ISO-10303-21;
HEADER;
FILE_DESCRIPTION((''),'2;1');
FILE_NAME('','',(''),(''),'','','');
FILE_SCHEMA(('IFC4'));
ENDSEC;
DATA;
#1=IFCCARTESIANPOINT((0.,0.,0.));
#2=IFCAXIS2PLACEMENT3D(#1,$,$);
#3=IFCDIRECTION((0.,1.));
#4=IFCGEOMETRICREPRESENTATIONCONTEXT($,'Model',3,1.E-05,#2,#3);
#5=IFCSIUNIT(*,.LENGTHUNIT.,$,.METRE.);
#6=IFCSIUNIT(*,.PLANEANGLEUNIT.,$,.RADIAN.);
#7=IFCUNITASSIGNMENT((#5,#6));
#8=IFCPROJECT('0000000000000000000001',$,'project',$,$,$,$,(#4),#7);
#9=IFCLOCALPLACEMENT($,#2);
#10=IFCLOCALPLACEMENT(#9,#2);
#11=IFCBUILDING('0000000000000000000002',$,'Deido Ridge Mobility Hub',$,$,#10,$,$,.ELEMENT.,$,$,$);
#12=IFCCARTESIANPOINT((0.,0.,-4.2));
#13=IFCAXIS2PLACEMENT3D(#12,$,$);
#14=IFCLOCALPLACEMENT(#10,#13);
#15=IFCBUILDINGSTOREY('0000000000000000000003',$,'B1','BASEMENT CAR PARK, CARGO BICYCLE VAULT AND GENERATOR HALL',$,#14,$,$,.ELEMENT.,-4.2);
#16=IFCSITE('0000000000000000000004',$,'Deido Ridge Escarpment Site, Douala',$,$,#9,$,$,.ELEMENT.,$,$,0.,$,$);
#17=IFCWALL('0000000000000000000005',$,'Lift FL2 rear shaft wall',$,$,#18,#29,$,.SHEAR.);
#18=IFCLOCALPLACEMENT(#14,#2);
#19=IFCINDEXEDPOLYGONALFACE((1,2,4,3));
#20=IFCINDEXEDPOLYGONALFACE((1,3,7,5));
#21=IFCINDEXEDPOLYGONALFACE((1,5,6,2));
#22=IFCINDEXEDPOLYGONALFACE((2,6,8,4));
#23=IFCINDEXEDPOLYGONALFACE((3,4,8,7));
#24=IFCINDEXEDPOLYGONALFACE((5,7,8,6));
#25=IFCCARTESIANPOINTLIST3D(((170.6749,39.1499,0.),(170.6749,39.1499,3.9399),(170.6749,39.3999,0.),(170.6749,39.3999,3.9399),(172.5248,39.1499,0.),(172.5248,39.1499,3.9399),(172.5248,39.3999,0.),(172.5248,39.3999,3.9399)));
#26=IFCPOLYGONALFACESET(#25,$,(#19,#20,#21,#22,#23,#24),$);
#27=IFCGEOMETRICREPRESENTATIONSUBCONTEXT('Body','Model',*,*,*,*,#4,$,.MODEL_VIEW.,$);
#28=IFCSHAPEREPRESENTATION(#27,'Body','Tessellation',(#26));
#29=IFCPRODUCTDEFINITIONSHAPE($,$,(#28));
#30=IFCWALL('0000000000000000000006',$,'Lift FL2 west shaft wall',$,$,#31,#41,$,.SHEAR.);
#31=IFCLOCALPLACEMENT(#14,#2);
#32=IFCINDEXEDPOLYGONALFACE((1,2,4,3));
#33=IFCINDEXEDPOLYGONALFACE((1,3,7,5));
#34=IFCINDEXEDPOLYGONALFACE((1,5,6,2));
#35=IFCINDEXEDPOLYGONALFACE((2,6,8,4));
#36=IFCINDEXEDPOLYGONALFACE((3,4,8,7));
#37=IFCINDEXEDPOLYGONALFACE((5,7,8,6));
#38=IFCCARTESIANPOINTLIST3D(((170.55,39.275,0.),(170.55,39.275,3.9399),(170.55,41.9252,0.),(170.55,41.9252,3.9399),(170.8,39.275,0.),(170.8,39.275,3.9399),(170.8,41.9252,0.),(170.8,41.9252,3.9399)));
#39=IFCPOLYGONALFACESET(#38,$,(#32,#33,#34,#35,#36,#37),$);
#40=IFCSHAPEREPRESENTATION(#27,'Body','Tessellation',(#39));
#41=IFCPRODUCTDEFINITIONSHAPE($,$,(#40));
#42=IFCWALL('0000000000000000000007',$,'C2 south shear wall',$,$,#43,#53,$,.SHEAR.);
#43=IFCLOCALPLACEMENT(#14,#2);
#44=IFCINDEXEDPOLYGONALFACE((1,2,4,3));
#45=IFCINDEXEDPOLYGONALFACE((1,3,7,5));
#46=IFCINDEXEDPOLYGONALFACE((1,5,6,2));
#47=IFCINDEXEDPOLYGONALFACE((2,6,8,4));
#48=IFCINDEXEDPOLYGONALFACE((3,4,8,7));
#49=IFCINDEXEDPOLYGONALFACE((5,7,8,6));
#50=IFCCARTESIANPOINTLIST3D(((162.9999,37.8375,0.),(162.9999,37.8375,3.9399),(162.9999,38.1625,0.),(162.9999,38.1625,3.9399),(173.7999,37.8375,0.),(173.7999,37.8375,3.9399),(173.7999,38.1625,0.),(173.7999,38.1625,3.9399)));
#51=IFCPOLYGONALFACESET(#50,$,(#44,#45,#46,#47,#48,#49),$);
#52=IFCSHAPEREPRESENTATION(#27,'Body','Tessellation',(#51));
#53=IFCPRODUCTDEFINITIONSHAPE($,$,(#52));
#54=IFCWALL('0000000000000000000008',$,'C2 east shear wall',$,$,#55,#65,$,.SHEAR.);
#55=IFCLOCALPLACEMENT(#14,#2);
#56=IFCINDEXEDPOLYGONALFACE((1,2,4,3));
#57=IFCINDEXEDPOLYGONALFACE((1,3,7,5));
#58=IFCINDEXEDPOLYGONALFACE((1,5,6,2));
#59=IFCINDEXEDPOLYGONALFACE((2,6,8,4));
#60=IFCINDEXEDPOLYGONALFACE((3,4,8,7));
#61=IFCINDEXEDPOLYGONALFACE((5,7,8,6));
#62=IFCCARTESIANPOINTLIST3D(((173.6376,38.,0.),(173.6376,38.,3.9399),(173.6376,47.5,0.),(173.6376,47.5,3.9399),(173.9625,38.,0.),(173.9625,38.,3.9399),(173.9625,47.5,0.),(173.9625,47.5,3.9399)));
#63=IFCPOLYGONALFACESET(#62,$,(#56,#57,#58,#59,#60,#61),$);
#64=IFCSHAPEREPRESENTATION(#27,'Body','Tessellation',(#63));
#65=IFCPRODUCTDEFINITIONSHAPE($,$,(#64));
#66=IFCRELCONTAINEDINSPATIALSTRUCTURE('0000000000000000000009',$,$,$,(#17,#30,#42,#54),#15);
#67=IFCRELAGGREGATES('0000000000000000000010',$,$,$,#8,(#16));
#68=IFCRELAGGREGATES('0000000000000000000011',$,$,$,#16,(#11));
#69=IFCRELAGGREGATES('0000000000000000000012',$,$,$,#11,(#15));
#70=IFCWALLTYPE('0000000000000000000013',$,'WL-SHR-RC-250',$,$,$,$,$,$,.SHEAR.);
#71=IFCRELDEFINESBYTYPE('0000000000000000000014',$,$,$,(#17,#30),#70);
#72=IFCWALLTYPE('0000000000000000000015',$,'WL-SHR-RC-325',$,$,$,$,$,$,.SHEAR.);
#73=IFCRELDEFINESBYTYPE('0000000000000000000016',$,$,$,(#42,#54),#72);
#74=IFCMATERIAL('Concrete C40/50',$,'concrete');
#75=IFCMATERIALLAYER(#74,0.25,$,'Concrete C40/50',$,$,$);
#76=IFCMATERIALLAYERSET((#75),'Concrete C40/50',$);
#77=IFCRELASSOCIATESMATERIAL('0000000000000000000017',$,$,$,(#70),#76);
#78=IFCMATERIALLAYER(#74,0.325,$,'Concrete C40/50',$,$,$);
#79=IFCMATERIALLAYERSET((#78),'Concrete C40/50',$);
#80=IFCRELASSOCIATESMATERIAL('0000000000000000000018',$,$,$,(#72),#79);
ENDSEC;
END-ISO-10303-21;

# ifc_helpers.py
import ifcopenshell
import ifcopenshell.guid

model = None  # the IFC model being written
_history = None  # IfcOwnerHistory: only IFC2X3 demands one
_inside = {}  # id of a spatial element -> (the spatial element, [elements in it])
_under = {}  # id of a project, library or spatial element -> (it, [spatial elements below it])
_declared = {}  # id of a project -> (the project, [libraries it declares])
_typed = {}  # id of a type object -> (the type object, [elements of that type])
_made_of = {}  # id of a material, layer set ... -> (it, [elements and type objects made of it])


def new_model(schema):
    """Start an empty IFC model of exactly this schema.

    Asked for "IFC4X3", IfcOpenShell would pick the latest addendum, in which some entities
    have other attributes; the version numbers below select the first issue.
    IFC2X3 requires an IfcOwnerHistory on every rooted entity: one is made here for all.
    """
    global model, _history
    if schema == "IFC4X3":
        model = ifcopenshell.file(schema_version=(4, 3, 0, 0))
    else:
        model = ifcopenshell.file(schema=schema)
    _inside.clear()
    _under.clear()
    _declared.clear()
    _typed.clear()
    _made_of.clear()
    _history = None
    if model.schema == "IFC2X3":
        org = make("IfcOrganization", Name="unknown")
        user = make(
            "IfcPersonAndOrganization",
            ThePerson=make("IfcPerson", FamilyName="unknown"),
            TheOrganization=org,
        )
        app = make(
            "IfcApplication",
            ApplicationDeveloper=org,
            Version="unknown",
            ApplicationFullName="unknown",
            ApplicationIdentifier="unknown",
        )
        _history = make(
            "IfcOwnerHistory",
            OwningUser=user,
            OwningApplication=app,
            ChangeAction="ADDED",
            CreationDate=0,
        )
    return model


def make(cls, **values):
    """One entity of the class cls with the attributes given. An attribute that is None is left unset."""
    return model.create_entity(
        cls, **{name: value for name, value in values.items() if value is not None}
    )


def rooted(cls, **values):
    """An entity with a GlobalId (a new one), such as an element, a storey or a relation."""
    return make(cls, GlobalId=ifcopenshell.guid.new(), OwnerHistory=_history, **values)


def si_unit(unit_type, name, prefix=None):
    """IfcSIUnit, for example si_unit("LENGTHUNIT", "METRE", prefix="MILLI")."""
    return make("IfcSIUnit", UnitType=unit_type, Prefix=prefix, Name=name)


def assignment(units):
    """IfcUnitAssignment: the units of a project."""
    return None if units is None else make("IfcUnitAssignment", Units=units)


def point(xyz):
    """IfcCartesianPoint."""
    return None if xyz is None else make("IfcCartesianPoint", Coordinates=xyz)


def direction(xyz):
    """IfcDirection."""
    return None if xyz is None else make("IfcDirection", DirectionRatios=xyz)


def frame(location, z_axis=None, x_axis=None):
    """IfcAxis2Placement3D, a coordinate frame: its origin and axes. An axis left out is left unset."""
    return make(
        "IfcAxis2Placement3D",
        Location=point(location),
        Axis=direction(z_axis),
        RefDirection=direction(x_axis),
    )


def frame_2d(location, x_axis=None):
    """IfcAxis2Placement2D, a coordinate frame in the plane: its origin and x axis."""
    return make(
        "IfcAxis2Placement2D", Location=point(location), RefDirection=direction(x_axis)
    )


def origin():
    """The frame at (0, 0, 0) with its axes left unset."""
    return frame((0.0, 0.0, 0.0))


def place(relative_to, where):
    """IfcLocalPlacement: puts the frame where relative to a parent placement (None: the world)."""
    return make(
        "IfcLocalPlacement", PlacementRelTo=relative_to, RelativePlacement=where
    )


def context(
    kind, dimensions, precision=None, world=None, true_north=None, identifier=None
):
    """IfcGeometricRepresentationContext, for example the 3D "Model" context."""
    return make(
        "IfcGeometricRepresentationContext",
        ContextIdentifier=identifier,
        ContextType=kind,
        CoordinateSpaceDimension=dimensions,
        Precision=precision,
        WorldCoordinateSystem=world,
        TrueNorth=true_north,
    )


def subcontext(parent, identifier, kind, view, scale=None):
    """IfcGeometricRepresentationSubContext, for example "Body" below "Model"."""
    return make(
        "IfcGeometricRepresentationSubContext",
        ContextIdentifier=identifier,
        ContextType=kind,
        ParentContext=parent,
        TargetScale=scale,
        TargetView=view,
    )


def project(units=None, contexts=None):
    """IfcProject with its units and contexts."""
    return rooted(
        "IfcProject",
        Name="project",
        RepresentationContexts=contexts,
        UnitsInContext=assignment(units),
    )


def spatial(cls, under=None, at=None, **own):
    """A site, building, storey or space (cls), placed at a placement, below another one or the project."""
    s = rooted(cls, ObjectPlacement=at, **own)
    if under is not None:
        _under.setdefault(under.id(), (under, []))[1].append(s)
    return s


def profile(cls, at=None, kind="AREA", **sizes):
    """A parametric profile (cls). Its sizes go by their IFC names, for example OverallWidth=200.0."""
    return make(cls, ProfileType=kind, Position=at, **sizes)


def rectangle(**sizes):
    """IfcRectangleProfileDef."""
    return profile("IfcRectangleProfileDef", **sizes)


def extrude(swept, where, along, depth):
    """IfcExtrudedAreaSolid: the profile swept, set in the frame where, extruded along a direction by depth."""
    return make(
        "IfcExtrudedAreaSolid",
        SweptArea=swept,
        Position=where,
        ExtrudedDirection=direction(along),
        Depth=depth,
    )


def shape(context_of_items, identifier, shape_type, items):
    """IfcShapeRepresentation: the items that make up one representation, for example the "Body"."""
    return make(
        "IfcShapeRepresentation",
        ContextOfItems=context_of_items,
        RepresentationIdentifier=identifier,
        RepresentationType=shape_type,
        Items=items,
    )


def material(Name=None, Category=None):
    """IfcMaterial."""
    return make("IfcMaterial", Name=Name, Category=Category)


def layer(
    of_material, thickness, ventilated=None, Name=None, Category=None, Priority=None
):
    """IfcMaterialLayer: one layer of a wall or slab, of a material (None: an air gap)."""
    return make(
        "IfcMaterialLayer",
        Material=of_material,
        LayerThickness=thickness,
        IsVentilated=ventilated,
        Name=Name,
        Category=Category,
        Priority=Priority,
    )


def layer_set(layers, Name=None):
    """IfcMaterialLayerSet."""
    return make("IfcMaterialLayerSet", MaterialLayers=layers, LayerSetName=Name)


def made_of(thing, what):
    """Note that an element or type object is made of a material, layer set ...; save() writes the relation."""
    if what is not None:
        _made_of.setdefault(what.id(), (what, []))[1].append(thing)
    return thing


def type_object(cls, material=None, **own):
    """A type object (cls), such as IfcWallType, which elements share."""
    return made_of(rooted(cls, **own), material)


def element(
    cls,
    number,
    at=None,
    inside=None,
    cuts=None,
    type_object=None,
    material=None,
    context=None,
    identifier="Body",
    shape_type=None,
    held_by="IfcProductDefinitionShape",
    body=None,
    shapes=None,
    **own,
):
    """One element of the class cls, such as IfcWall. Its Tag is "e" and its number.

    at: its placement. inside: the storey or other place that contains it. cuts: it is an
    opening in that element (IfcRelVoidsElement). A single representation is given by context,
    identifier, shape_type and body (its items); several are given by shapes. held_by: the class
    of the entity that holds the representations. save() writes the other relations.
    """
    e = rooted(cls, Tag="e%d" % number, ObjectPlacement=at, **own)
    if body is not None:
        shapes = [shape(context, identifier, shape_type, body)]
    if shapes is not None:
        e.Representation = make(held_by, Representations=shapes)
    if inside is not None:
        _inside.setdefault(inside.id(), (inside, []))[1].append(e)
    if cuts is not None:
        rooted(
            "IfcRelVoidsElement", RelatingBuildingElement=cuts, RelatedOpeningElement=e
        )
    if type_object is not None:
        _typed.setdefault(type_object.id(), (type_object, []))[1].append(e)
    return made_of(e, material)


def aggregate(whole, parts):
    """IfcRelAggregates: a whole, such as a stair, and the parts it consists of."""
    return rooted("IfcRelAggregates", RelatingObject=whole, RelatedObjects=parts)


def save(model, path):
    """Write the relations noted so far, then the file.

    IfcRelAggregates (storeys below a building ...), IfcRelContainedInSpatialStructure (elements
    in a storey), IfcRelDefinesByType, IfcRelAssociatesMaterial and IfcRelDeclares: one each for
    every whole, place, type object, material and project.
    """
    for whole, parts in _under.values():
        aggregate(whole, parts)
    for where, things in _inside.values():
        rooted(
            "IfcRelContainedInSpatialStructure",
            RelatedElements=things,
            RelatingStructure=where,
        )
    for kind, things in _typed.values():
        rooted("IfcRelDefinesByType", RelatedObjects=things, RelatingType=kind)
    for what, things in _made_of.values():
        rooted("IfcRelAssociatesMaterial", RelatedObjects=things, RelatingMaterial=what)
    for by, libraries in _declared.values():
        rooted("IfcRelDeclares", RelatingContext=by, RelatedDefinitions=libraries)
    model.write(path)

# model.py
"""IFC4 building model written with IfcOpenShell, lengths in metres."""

from ifc_helpers import new_model, si_unit, direction, frame, frame_2d, origin, place, context, subcontext, project, spatial, rectangle, extrude, material, layer, layer_set, type_object, element, save


model = new_model("IFC4")

# Units and contexts
model_context = context("Model", 3, precision=1e-05, world=origin(), true_north=direction((0.0, 1.0)))
body_context = subcontext(model_context, "Body", "Model", "MODEL_VIEW")
ifc_project = project(units=[si_unit("LENGTHUNIT", "METRE"), si_unit("PLANEANGLEUNIT", "RADIAN")], contexts=[model_context])

# Site, building, storey
site_placement = place(None, origin())
site = spatial("IfcSite", under=ifc_project, at=site_placement, Name="Deido Ridge Escarpment Site, Douala", CompositionType="ELEMENT", RefElevation=0.0)
building_placement = place(site_placement, origin())
building = spatial("IfcBuilding", under=site, at=building_placement, Name="Deido Ridge Mobility Hub", CompositionType="ELEMENT")
storey_placement = place(building_placement, frame((0.0, 0.0, -4.2)))
storey = spatial("IfcBuildingStorey", under=building, at=storey_placement, Name="B1", Description="BASEMENT CAR PARK, CARGO BICYCLE VAULT AND GENERATOR HALL", CompositionType="ELEMENT", Elevation=-4.2)

# Shared definitions
ifc_material_1 = material(Name="Concrete C40/50", Category="concrete")

# Shared definitions
ifc_layer_1 = layer(ifc_material_1, 0.25, Name="Concrete C40/50")
ifc_layer_set_1 = layer_set([ifc_layer_1], Name="Concrete C40/50")
wall_type_1 = type_object("IfcWallType", Name="WL-SHR-RC-250", PredefinedType="SHEAR", material=ifc_layer_set_1)

# Walls
wall_1_placement = place(storey_placement, frame((170.675, 39.2749, 0.0), z_axis=(0.0, 0.0, 1.0), x_axis=(1.0, 0.0, 0.0)))
element("IfcWall", 1, at=wall_1_placement, inside=storey, type_object=wall_type_1, Name="Lift FL2 rear shaft wall", PredefinedType="SHEAR", context=body_context, shape_type="SweptSolid", body=[
    extrude(rectangle(XDim=1.8499, YDim=0.25, at=frame_2d((0.9248, 0.0))), origin(), (0.0, 0.0, 1.0), 3.9399),
])
wall_2_placement = place(storey_placement, frame((170.675, 39.2749, 0.0), z_axis=(0.0, 0.0, 1.0), x_axis=(0.0, 1.0, 0.0)))
element("IfcWall", 2, at=wall_2_placement, inside=storey, type_object=wall_type_1, Name="Lift FL2 west shaft wall", PredefinedType="SHEAR", context=body_context, shape_type="SweptSolid", body=[
    extrude(rectangle(XDim=2.6501, YDim=0.25, at=frame_2d((1.3252, 0.0))), origin(), (0.0, 0.0, 1.0), 3.9399),
])
ifc_layer_2 = layer(ifc_material_1, 0.325, Name="Concrete C40/50")
ifc_layer_set_2 = layer_set([ifc_layer_2], Name="Concrete C40/50")
wall_type_2 = type_object("IfcWallType", Name="WL-SHR-RC-325", PredefinedType="SHEAR", material=ifc_layer_set_2)
wall_3_placement = place(storey_placement, frame((163.0, 38.0, 0.0), z_axis=(0.0, 0.0, 1.0), x_axis=(1.0, 0.0, 0.0)))
element("IfcWall", 3, at=wall_3_placement, inside=storey, type_object=wall_type_2, Name="C2 south shear wall", PredefinedType="SHEAR", context=body_context, shape_type="SweptSolid", body=[
    extrude(rectangle(XDim=10.8, YDim=0.325, at=frame_2d((5.3999, 0.0))), origin(), (0.0, 0.0, 1.0), 3.9399),
])
wall_4_placement = place(storey_placement, frame((173.8, 38.0, 0.0), z_axis=(0.0, 0.0, 1.0), x_axis=(0.0, 1.0, 0.0)))
element("IfcWall", 4, at=wall_4_placement, inside=storey, type_object=wall_type_2, Name="C2 east shear wall", PredefinedType="SHEAR", context=body_context, shape_type="SweptSolid", body=[
    extrude(rectangle(XDim=9.5, YDim=0.325, at=frame_2d((4.75, 0.0))), origin(), (0.0, 0.0, 1.0), 3.9399),
])

save(model, "model.ifc")
